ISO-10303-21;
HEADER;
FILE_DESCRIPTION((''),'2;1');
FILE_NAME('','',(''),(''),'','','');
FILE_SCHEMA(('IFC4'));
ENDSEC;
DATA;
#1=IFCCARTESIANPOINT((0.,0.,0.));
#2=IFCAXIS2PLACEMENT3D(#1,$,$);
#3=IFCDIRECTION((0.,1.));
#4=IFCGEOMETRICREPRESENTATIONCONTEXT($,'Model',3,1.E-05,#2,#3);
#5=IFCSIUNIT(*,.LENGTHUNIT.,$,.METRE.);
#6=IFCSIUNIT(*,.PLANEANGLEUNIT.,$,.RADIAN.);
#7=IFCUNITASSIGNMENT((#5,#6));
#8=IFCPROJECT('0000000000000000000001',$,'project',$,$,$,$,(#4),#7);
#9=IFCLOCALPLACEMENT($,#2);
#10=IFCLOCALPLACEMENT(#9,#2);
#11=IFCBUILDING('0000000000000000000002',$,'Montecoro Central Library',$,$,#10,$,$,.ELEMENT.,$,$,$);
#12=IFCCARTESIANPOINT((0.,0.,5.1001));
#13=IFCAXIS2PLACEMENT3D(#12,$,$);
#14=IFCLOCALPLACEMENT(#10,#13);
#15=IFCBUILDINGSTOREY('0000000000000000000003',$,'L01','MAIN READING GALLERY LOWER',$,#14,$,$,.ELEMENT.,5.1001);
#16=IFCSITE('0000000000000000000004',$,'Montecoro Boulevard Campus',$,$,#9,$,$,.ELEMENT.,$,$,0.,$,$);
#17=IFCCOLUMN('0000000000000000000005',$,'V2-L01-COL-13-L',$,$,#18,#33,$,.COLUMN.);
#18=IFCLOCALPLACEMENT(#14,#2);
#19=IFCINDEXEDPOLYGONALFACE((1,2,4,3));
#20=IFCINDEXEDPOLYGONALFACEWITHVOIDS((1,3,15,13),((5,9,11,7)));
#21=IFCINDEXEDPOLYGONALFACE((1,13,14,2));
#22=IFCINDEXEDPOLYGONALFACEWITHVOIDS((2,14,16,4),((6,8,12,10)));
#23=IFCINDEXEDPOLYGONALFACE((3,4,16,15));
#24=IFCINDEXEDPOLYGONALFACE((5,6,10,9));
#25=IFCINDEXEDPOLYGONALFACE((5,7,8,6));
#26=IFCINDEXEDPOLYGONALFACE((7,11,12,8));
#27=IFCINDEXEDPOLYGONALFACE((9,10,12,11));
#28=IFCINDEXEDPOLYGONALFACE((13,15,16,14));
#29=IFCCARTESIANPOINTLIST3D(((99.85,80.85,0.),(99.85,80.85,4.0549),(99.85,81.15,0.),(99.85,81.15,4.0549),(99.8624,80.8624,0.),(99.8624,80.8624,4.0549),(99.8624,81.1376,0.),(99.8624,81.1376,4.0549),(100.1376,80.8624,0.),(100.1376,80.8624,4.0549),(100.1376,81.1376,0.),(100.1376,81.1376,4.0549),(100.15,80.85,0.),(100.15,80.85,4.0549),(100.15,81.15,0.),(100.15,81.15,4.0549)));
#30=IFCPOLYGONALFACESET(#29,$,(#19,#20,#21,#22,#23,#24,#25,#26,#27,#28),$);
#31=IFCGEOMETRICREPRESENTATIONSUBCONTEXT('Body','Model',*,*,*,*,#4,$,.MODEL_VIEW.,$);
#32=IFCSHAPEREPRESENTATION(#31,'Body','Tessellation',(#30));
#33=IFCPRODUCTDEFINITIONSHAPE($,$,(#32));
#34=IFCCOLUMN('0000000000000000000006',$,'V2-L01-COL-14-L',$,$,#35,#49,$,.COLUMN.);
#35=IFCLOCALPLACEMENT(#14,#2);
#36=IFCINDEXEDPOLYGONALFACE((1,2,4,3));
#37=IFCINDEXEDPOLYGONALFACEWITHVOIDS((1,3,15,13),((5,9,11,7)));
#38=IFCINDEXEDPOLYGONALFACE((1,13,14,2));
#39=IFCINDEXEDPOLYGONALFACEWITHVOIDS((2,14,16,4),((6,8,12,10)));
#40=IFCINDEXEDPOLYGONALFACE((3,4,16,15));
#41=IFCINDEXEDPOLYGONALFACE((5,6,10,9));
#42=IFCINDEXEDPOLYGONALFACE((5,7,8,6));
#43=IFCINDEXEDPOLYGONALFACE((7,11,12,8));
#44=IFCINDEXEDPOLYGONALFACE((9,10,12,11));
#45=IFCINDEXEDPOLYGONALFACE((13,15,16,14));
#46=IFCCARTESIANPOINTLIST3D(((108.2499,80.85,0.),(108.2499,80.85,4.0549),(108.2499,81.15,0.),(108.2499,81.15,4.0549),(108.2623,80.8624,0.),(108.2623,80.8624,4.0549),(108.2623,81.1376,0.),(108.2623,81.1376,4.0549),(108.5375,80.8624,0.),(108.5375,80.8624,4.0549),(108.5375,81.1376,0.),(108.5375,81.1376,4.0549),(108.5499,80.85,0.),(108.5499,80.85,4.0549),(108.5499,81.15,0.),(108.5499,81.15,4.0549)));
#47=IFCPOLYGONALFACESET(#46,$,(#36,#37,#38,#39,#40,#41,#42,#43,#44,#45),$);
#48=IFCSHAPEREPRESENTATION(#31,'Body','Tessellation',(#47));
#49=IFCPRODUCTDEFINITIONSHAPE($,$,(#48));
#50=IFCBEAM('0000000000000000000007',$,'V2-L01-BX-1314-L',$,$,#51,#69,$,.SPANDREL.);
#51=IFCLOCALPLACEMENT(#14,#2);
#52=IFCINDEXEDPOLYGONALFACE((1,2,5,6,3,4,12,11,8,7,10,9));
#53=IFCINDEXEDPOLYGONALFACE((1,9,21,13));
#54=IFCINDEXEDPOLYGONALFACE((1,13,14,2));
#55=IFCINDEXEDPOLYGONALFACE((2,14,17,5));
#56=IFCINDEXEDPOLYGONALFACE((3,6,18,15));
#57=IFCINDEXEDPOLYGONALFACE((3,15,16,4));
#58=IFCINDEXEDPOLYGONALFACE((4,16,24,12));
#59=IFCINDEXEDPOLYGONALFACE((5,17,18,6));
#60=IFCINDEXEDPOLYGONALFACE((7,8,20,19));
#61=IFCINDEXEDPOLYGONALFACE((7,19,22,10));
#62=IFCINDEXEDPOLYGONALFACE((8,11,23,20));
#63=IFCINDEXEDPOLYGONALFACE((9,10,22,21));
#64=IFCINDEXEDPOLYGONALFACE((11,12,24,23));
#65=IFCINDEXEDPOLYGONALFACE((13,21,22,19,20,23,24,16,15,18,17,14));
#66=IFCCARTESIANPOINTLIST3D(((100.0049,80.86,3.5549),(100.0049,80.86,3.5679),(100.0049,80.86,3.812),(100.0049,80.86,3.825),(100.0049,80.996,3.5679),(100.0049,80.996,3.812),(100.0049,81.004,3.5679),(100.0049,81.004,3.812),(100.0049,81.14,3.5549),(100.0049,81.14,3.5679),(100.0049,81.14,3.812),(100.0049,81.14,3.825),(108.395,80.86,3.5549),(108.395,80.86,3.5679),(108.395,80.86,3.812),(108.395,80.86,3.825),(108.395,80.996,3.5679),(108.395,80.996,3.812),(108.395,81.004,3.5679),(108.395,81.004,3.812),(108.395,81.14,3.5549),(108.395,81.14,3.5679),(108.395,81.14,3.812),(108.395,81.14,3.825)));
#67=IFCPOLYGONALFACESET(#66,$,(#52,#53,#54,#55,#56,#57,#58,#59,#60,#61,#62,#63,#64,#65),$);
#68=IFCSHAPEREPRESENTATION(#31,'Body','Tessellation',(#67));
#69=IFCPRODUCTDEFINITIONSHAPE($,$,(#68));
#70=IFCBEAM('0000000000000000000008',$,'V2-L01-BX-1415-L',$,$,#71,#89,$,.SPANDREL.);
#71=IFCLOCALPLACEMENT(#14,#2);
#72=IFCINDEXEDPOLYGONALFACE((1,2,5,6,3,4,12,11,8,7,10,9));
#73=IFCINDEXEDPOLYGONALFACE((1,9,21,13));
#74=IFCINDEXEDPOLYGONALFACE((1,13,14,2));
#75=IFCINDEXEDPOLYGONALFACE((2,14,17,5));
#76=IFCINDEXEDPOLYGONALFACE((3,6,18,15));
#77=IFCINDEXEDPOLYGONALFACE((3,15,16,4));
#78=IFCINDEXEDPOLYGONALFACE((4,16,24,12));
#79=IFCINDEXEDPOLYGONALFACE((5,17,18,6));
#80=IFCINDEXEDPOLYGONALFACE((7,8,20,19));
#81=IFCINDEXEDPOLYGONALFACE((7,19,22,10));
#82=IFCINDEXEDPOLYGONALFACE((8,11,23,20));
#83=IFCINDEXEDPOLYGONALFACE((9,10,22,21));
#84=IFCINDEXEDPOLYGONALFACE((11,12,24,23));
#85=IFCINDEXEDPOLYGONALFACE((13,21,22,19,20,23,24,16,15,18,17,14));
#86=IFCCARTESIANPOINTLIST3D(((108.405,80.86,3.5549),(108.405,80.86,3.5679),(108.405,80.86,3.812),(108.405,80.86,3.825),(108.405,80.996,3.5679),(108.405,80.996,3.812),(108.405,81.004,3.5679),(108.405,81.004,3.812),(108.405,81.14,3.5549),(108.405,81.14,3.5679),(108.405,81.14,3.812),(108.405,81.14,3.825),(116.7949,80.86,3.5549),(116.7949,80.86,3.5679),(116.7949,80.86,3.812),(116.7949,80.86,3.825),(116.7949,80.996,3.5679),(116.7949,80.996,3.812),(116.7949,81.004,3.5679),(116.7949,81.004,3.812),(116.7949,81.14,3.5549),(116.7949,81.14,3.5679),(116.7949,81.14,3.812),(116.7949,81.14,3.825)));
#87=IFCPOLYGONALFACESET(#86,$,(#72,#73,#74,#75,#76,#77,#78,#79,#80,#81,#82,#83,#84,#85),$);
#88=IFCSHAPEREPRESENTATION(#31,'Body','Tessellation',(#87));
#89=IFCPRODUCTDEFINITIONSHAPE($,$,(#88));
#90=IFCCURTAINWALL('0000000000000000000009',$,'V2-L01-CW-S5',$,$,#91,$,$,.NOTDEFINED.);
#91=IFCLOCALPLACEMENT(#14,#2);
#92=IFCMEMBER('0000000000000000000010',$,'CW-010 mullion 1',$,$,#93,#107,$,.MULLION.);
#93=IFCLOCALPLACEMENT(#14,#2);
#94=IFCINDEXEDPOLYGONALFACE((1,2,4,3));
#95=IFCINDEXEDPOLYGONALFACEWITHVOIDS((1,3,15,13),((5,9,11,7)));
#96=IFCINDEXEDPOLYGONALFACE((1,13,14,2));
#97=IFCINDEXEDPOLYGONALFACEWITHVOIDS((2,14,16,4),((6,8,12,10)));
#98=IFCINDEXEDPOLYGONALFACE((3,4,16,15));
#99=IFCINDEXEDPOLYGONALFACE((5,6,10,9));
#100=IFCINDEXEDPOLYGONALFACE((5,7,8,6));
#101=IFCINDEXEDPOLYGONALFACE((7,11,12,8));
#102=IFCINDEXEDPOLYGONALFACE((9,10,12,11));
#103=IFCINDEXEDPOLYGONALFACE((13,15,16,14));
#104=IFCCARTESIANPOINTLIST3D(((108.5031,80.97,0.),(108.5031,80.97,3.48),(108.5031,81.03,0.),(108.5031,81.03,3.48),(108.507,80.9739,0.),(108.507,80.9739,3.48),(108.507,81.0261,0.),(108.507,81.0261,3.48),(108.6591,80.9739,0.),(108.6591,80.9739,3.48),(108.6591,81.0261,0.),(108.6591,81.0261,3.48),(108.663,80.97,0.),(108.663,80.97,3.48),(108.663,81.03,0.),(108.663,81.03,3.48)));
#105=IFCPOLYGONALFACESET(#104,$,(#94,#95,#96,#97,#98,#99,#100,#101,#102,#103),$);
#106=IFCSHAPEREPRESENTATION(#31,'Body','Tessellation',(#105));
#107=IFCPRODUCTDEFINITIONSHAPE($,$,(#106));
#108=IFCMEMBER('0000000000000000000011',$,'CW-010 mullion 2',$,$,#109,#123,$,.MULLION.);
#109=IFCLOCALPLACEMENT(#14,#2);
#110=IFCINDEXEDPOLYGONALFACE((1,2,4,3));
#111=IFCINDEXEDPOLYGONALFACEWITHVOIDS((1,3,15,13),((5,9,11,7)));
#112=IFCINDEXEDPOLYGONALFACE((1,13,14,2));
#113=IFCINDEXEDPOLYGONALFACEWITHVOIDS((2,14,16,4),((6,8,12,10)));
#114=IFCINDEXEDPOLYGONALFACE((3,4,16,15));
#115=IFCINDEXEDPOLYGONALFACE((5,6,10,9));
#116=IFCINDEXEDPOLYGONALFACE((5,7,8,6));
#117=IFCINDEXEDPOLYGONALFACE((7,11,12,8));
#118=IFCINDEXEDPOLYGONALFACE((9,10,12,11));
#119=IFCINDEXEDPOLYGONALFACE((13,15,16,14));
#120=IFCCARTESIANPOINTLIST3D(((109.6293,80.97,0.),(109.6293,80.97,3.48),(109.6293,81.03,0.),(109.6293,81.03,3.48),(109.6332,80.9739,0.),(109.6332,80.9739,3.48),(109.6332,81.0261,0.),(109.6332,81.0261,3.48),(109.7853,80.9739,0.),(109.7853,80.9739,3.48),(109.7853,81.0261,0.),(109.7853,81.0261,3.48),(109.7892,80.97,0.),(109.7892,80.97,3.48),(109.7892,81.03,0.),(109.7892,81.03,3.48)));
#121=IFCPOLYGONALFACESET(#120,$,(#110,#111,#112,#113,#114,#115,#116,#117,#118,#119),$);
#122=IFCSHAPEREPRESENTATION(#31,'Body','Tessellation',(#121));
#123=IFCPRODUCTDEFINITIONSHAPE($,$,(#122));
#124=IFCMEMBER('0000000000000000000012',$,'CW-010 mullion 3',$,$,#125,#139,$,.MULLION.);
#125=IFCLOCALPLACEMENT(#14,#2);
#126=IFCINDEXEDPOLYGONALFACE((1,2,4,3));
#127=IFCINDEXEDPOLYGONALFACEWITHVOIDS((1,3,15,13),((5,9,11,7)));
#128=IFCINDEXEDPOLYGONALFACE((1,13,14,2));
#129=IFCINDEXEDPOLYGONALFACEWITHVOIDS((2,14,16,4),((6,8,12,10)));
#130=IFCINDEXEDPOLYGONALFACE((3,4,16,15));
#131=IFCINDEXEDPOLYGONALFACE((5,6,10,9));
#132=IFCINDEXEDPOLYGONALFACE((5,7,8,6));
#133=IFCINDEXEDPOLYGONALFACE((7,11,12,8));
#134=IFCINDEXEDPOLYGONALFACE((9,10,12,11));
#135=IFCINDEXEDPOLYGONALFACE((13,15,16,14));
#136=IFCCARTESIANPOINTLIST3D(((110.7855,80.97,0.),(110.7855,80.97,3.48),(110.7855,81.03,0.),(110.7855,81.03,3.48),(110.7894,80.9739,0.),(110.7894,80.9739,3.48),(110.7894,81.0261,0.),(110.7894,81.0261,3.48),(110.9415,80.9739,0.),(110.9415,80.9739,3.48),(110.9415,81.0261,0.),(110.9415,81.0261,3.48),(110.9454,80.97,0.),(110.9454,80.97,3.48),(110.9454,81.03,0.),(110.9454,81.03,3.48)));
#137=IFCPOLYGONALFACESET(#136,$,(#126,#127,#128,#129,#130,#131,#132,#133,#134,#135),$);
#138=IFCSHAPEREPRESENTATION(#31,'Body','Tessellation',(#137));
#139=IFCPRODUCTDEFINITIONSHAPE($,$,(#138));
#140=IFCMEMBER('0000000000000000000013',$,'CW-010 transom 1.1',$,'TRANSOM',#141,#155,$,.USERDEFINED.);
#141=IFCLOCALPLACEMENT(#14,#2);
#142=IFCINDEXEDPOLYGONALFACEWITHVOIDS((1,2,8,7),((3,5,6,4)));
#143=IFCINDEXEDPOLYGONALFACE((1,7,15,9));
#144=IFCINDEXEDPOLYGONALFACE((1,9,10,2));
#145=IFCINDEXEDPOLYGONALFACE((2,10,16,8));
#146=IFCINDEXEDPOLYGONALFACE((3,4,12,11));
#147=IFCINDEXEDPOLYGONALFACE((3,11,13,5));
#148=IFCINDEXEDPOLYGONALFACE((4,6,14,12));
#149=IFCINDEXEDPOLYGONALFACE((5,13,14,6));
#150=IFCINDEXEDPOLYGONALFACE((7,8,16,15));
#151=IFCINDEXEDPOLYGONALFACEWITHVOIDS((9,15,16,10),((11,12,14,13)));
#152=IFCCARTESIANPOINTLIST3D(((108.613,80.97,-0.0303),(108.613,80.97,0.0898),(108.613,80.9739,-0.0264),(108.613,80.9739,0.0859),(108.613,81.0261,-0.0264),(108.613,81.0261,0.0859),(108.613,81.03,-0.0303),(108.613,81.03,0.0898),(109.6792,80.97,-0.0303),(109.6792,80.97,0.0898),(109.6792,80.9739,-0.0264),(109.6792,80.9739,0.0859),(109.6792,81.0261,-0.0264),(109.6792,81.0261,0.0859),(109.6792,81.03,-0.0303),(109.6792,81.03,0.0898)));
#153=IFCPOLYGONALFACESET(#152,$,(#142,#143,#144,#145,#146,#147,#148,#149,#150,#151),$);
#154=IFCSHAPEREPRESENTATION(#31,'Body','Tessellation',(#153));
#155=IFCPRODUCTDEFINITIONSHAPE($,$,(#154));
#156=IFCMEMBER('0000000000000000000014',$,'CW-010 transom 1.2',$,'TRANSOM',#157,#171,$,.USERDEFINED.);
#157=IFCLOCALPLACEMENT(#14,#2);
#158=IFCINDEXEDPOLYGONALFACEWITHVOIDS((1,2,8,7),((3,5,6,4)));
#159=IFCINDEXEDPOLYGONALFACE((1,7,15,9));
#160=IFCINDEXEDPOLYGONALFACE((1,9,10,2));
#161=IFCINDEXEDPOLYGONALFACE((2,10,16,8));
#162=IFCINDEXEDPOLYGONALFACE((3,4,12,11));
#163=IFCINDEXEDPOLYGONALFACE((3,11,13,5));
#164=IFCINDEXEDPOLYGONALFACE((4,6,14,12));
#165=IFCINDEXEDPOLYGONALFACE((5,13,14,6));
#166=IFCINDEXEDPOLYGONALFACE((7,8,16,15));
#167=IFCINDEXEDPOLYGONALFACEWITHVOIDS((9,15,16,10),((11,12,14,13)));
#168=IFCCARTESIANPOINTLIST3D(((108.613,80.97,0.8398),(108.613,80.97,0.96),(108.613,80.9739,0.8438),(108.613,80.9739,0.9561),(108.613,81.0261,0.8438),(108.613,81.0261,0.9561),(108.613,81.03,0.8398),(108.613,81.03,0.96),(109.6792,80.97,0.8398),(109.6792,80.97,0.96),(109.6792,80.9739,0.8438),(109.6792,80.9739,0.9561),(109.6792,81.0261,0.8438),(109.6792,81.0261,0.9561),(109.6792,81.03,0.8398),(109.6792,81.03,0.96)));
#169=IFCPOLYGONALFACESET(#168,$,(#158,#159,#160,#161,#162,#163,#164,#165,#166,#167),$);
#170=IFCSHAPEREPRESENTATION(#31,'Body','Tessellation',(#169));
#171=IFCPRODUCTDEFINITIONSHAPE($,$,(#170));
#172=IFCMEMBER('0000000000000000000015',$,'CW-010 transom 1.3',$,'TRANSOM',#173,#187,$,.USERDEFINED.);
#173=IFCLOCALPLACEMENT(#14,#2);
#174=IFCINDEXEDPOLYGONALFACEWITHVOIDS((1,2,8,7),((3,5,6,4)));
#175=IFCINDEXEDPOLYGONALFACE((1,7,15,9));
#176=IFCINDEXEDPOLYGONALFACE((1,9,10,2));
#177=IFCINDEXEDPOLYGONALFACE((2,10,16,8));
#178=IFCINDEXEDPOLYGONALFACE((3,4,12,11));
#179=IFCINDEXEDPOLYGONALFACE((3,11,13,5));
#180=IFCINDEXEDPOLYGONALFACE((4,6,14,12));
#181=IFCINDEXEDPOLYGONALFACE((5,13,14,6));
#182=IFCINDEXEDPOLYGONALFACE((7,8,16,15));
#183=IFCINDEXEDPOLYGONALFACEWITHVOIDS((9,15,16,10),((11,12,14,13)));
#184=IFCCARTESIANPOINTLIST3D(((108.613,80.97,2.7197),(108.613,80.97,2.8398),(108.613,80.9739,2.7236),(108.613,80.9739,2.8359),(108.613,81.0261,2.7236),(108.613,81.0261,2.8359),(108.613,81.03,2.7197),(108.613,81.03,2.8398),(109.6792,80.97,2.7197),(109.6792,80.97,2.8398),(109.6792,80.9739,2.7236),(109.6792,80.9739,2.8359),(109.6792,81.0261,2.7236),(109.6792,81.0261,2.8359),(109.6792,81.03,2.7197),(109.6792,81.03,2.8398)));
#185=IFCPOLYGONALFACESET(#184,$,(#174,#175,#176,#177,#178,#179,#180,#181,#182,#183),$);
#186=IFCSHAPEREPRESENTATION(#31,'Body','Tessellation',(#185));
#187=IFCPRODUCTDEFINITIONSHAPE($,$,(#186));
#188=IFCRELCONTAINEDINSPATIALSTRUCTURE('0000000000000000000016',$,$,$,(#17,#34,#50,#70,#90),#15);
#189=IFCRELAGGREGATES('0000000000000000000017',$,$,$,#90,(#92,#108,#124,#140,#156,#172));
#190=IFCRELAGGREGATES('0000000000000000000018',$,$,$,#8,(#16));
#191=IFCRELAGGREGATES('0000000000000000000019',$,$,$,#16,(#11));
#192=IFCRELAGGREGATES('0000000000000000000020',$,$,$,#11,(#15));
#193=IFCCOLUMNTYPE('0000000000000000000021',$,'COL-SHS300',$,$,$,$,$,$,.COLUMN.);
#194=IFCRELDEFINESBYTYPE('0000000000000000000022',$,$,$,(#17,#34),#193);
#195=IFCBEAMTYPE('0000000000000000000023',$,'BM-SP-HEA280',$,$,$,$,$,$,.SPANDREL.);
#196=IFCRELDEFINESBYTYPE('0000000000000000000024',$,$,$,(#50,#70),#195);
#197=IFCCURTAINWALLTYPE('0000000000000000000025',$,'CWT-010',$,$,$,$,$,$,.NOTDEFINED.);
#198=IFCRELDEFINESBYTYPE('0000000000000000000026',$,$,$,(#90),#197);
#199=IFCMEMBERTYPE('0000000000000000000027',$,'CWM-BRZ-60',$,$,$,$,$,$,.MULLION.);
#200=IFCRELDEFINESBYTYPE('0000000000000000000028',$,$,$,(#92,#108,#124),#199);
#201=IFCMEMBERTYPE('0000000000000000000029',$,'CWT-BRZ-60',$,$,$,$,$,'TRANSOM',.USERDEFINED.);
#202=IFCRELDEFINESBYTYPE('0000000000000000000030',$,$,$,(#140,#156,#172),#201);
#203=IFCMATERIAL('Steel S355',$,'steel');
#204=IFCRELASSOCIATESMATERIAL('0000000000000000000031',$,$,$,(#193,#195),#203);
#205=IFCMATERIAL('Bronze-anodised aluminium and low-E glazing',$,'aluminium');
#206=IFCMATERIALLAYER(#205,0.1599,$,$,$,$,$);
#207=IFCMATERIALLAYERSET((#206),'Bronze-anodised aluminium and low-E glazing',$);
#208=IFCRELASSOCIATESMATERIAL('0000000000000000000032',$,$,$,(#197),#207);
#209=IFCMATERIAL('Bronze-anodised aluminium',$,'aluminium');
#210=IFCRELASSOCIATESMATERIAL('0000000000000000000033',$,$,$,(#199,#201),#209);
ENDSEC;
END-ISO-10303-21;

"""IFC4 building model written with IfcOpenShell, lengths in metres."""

from ifc_helpers import new_model, si_unit, direction, frame, origin, origin_2d, place, context, subcontext, project, spatial, hollow_rectangle, i_section, extrude, material, layer, layer_set, material_profile, profile_set, type_object, element, aggregate, save


model = new_model("IFC4")

# Units and contexts
model_context = context("Model", 3, precision=1e-05, world=origin(), true_north=direction((0.0, 1.0)))
body_context = subcontext(model_context, "Body", "Model", "MODEL_VIEW")
ifc_project = project(units=[si_unit("LENGTHUNIT", "METRE"), si_unit("PLANEANGLEUNIT", "RADIAN")], contexts=[model_context])

# Site, building, storey
site_placement = place(None, origin())
site = spatial("IfcSite", under=ifc_project, at=site_placement, Name="Montecoro Boulevard Campus", CompositionType="ELEMENT", RefElevation=0.0)
building_placement = place(site_placement, origin())
building = spatial("IfcBuilding", under=site, at=building_placement, Name="Montecoro Central Library", CompositionType="ELEMENT")
storey_placement = place(building_placement, frame((0.0, 0.0, 5.1001)))
storey = spatial("IfcBuildingStorey", under=building, at=storey_placement, Name="L01", Description="MAIN READING GALLERY LOWER", CompositionType="ELEMENT", Elevation=5.1001)

# Columns
ifc_material_1 = material(Name="Steel S355", Category="steel")
ifc_material_profile_1 = material_profile(ifc_material_1, hollow_rectangle(XDim=0.3, YDim=0.3, WallThickness=0.0125, at=origin_2d()), Name="SHS 300x300x12.5")
ifc_profile_set_1 = profile_set([ifc_material_profile_1], Name="Steel S355")
column_type = type_object("IfcColumnType", Name="COL-SHS300", PredefinedType="COLUMN", material=ifc_profile_set_1)
for number, where, z_axis, x_axis, name in (
    (1, (100.0, 81.0, 0.0), (0.0, 0.0, 1.0), (1.0, 0.0, 0.0), "V2-L01-COL-13-L"),
    (2, (108.3999, 81.0, 0.0), (0.0, 0.0, 1.0), (1.0, 0.0, 0.0), "V2-L01-COL-14-L"),
):
    element("IfcColumn", number, at=place(storey_placement, frame(where, z_axis=z_axis, x_axis=x_axis)), inside=storey, type_object=column_type, Name=name, PredefinedType="COLUMN", context=body_context, shape_type="SweptSolid", body=[
        extrude(hollow_rectangle(XDim=0.3, YDim=0.3, WallThickness=0.0125, at=origin_2d()), origin(), (0.0, 0.0, 1.0), 4.0549),
    ])

# Beams
ifc_material_profile_2 = material_profile(ifc_material_1, i_section(OverallWidth=0.28, OverallDepth=0.27, WebThickness=0.0081, FlangeThickness=0.0129, at=origin_2d()), Name="HEA 280")
ifc_profile_set_2 = profile_set([ifc_material_profile_2], Name="Steel S355")
beam_type = type_object("IfcBeamType", Name="BM-SP-HEA280", PredefinedType="SPANDREL", material=ifc_profile_set_2)
beam_1_placement = place(storey_placement, frame((100.0049, 81.0, 3.6899), z_axis=(1.0, 0.0, 0.0), x_axis=(0.0, 1.0, 0.0)))
element("IfcBeam", 3, at=beam_1_placement, inside=storey, type_object=beam_type, Name="V2-L01-BX-1314-L", PredefinedType="SPANDREL", context=body_context, shape_type="SweptSolid", body=[
    extrude(i_section(OverallWidth=0.28, OverallDepth=0.27, WebThickness=0.0081, FlangeThickness=0.0129, at=origin_2d()), origin(), (0.0, 0.0, 1.0), 8.3901),
])
beam_2_placement = place(storey_placement, frame((108.405, 81.0, 3.6899), z_axis=(1.0, 0.0, 0.0), x_axis=(0.0, 1.0, 0.0)))
element("IfcBeam", 4, at=beam_2_placement, inside=storey, type_object=beam_type, Name="V2-L01-BX-1415-L", PredefinedType="SPANDREL", context=body_context, shape_type="SweptSolid", body=[
    extrude(i_section(OverallWidth=0.28, OverallDepth=0.27, WebThickness=0.0081, FlangeThickness=0.0129, at=origin_2d()), origin(), (0.0, 0.0, 1.0), 8.3899),
])

# Curtain wall, members
ifc_material_2 = material(Name="Bronze-anodised aluminium and low-E glazing", Category="aluminium")
ifc_layer_1 = layer(ifc_material_2, 0.1599)
ifc_layer_set_1 = layer_set([ifc_layer_1], Name="Bronze-anodised aluminium and low-E glazing")
curtain_wall_type = type_object("IfcCurtainWallType", Name="CWT-010", PredefinedType="NOTDEFINED", material=ifc_layer_set_1)
curtain_wall_placement = place(storey_placement, origin())
curtain_wall = element("IfcCurtainWall", 5, at=curtain_wall_placement, inside=storey, type_object=curtain_wall_type, Name="V2-L01-CW-S5", PredefinedType="NOTDEFINED")
ifc_material_3 = material(Name="Bronze-anodised aluminium", Category="aluminium")
ifc_material_profile_3 = material_profile(ifc_material_3, hollow_rectangle(XDim=0.0601, YDim=0.1599, WallThickness=0.0039, at=origin_2d()), Name="CWM 160x60x4.0")
ifc_profile_set_3 = profile_set([ifc_material_profile_3], Name="Bronze-anodised aluminium")
member_type_1 = type_object("IfcMemberType", Name="CWM-BRZ-60", PredefinedType="MULLION", material=ifc_profile_set_3)
member_1_placement = place(storey_placement, frame((108.583, 81.0, 0.0), z_axis=(0.0, 0.0, 1.0), x_axis=(0.0, 1.0, 0.0)))
member_1 = element("IfcMember", 6, at=member_1_placement, type_object=member_type_1, Name="CW-010 mullion 1", PredefinedType="MULLION", context=body_context, shape_type="SweptSolid", body=[
    extrude(hollow_rectangle(XDim=0.0601, YDim=0.1599, WallThickness=0.0039, at=origin_2d()), origin(), (0.0, 0.0, 1.0), 3.48),
])
member_2_placement = place(storey_placement, frame((109.7092, 81.0, 0.0), z_axis=(0.0, 0.0, 1.0), x_axis=(0.0, 1.0, 0.0)))
member_2 = element("IfcMember", 7, at=member_2_placement, type_object=member_type_1, Name="CW-010 mullion 2", PredefinedType="MULLION", context=body_context, shape_type="SweptSolid", body=[
    extrude(hollow_rectangle(XDim=0.0601, YDim=0.1599, WallThickness=0.0039, at=origin_2d()), origin(), (0.0, 0.0, 1.0), 3.48),
])
member_3_placement = place(storey_placement, frame((110.8655, 81.0, 0.0), z_axis=(0.0, 0.0, 1.0), x_axis=(0.0, 1.0, 0.0)))
member_3 = element("IfcMember", 8, at=member_3_placement, type_object=member_type_1, Name="CW-010 mullion 3", PredefinedType="MULLION", context=body_context, shape_type="SweptSolid", body=[
    extrude(hollow_rectangle(XDim=0.0601, YDim=0.1599, WallThickness=0.0039, at=origin_2d()), origin(), (0.0, 0.0, 1.0), 3.48),
])
ifc_material_profile_4 = material_profile(ifc_material_3, hollow_rectangle(XDim=0.0601, YDim=0.1201, WallThickness=0.0039, at=origin_2d()), Name="CWT 120x60x4.0")
ifc_profile_set_4 = profile_set([ifc_material_profile_4], Name="Bronze-anodised aluminium")
member_type_2 = type_object("IfcMemberType", Name="CWT-BRZ-60", ElementType="TRANSOM", PredefinedType="USERDEFINED", material=ifc_profile_set_4)
member_4_placement = place(storey_placement, frame((108.613, 81.0, 0.0298), z_axis=(1.0, 0.0, 0.0), x_axis=(0.0, 1.0, 0.0)))
member_4 = element("IfcMember", 9, at=member_4_placement, type_object=member_type_2, Name="CW-010 transom 1.1", ObjectType="TRANSOM", PredefinedType="USERDEFINED", context=body_context, shape_type="SweptSolid", body=[
    extrude(hollow_rectangle(XDim=0.0601, YDim=0.1201, WallThickness=0.0039, at=origin_2d()), origin(), (0.0, 0.0, 1.0), 1.0662),
])
member_5_placement = place(storey_placement, frame((108.613, 81.0, 0.8999), z_axis=(1.0, 0.0, 0.0), x_axis=(0.0, 1.0, 0.0)))
member_5 = element("IfcMember", 10, at=member_5_placement, type_object=member_type_2, Name="CW-010 transom 1.2", ObjectType="TRANSOM", PredefinedType="USERDEFINED", context=body_context, shape_type="SweptSolid", body=[
    extrude(hollow_rectangle(XDim=0.0601, YDim=0.1201, WallThickness=0.0039, at=origin_2d()), origin(), (0.0, 0.0, 1.0), 1.0662),
])
member_6_placement = place(storey_placement, frame((108.613, 81.0, 2.7798), z_axis=(1.0, 0.0, 0.0), x_axis=(0.0, 1.0, 0.0)))
member_6 = element("IfcMember", 11, at=member_6_placement, type_object=member_type_2, Name="CW-010 transom 1.3", ObjectType="TRANSOM", PredefinedType="USERDEFINED", context=body_context, shape_type="SweptSolid", body=[
    extrude(hollow_rectangle(XDim=0.0601, YDim=0.1201, WallThickness=0.0039, at=origin_2d()), origin(), (0.0, 0.0, 1.0), 1.0662),
])
aggregate(curtain_wall, [member_1, member_2, member_3, member_4, member_5, member_6])

save(model, "model.ifc")
